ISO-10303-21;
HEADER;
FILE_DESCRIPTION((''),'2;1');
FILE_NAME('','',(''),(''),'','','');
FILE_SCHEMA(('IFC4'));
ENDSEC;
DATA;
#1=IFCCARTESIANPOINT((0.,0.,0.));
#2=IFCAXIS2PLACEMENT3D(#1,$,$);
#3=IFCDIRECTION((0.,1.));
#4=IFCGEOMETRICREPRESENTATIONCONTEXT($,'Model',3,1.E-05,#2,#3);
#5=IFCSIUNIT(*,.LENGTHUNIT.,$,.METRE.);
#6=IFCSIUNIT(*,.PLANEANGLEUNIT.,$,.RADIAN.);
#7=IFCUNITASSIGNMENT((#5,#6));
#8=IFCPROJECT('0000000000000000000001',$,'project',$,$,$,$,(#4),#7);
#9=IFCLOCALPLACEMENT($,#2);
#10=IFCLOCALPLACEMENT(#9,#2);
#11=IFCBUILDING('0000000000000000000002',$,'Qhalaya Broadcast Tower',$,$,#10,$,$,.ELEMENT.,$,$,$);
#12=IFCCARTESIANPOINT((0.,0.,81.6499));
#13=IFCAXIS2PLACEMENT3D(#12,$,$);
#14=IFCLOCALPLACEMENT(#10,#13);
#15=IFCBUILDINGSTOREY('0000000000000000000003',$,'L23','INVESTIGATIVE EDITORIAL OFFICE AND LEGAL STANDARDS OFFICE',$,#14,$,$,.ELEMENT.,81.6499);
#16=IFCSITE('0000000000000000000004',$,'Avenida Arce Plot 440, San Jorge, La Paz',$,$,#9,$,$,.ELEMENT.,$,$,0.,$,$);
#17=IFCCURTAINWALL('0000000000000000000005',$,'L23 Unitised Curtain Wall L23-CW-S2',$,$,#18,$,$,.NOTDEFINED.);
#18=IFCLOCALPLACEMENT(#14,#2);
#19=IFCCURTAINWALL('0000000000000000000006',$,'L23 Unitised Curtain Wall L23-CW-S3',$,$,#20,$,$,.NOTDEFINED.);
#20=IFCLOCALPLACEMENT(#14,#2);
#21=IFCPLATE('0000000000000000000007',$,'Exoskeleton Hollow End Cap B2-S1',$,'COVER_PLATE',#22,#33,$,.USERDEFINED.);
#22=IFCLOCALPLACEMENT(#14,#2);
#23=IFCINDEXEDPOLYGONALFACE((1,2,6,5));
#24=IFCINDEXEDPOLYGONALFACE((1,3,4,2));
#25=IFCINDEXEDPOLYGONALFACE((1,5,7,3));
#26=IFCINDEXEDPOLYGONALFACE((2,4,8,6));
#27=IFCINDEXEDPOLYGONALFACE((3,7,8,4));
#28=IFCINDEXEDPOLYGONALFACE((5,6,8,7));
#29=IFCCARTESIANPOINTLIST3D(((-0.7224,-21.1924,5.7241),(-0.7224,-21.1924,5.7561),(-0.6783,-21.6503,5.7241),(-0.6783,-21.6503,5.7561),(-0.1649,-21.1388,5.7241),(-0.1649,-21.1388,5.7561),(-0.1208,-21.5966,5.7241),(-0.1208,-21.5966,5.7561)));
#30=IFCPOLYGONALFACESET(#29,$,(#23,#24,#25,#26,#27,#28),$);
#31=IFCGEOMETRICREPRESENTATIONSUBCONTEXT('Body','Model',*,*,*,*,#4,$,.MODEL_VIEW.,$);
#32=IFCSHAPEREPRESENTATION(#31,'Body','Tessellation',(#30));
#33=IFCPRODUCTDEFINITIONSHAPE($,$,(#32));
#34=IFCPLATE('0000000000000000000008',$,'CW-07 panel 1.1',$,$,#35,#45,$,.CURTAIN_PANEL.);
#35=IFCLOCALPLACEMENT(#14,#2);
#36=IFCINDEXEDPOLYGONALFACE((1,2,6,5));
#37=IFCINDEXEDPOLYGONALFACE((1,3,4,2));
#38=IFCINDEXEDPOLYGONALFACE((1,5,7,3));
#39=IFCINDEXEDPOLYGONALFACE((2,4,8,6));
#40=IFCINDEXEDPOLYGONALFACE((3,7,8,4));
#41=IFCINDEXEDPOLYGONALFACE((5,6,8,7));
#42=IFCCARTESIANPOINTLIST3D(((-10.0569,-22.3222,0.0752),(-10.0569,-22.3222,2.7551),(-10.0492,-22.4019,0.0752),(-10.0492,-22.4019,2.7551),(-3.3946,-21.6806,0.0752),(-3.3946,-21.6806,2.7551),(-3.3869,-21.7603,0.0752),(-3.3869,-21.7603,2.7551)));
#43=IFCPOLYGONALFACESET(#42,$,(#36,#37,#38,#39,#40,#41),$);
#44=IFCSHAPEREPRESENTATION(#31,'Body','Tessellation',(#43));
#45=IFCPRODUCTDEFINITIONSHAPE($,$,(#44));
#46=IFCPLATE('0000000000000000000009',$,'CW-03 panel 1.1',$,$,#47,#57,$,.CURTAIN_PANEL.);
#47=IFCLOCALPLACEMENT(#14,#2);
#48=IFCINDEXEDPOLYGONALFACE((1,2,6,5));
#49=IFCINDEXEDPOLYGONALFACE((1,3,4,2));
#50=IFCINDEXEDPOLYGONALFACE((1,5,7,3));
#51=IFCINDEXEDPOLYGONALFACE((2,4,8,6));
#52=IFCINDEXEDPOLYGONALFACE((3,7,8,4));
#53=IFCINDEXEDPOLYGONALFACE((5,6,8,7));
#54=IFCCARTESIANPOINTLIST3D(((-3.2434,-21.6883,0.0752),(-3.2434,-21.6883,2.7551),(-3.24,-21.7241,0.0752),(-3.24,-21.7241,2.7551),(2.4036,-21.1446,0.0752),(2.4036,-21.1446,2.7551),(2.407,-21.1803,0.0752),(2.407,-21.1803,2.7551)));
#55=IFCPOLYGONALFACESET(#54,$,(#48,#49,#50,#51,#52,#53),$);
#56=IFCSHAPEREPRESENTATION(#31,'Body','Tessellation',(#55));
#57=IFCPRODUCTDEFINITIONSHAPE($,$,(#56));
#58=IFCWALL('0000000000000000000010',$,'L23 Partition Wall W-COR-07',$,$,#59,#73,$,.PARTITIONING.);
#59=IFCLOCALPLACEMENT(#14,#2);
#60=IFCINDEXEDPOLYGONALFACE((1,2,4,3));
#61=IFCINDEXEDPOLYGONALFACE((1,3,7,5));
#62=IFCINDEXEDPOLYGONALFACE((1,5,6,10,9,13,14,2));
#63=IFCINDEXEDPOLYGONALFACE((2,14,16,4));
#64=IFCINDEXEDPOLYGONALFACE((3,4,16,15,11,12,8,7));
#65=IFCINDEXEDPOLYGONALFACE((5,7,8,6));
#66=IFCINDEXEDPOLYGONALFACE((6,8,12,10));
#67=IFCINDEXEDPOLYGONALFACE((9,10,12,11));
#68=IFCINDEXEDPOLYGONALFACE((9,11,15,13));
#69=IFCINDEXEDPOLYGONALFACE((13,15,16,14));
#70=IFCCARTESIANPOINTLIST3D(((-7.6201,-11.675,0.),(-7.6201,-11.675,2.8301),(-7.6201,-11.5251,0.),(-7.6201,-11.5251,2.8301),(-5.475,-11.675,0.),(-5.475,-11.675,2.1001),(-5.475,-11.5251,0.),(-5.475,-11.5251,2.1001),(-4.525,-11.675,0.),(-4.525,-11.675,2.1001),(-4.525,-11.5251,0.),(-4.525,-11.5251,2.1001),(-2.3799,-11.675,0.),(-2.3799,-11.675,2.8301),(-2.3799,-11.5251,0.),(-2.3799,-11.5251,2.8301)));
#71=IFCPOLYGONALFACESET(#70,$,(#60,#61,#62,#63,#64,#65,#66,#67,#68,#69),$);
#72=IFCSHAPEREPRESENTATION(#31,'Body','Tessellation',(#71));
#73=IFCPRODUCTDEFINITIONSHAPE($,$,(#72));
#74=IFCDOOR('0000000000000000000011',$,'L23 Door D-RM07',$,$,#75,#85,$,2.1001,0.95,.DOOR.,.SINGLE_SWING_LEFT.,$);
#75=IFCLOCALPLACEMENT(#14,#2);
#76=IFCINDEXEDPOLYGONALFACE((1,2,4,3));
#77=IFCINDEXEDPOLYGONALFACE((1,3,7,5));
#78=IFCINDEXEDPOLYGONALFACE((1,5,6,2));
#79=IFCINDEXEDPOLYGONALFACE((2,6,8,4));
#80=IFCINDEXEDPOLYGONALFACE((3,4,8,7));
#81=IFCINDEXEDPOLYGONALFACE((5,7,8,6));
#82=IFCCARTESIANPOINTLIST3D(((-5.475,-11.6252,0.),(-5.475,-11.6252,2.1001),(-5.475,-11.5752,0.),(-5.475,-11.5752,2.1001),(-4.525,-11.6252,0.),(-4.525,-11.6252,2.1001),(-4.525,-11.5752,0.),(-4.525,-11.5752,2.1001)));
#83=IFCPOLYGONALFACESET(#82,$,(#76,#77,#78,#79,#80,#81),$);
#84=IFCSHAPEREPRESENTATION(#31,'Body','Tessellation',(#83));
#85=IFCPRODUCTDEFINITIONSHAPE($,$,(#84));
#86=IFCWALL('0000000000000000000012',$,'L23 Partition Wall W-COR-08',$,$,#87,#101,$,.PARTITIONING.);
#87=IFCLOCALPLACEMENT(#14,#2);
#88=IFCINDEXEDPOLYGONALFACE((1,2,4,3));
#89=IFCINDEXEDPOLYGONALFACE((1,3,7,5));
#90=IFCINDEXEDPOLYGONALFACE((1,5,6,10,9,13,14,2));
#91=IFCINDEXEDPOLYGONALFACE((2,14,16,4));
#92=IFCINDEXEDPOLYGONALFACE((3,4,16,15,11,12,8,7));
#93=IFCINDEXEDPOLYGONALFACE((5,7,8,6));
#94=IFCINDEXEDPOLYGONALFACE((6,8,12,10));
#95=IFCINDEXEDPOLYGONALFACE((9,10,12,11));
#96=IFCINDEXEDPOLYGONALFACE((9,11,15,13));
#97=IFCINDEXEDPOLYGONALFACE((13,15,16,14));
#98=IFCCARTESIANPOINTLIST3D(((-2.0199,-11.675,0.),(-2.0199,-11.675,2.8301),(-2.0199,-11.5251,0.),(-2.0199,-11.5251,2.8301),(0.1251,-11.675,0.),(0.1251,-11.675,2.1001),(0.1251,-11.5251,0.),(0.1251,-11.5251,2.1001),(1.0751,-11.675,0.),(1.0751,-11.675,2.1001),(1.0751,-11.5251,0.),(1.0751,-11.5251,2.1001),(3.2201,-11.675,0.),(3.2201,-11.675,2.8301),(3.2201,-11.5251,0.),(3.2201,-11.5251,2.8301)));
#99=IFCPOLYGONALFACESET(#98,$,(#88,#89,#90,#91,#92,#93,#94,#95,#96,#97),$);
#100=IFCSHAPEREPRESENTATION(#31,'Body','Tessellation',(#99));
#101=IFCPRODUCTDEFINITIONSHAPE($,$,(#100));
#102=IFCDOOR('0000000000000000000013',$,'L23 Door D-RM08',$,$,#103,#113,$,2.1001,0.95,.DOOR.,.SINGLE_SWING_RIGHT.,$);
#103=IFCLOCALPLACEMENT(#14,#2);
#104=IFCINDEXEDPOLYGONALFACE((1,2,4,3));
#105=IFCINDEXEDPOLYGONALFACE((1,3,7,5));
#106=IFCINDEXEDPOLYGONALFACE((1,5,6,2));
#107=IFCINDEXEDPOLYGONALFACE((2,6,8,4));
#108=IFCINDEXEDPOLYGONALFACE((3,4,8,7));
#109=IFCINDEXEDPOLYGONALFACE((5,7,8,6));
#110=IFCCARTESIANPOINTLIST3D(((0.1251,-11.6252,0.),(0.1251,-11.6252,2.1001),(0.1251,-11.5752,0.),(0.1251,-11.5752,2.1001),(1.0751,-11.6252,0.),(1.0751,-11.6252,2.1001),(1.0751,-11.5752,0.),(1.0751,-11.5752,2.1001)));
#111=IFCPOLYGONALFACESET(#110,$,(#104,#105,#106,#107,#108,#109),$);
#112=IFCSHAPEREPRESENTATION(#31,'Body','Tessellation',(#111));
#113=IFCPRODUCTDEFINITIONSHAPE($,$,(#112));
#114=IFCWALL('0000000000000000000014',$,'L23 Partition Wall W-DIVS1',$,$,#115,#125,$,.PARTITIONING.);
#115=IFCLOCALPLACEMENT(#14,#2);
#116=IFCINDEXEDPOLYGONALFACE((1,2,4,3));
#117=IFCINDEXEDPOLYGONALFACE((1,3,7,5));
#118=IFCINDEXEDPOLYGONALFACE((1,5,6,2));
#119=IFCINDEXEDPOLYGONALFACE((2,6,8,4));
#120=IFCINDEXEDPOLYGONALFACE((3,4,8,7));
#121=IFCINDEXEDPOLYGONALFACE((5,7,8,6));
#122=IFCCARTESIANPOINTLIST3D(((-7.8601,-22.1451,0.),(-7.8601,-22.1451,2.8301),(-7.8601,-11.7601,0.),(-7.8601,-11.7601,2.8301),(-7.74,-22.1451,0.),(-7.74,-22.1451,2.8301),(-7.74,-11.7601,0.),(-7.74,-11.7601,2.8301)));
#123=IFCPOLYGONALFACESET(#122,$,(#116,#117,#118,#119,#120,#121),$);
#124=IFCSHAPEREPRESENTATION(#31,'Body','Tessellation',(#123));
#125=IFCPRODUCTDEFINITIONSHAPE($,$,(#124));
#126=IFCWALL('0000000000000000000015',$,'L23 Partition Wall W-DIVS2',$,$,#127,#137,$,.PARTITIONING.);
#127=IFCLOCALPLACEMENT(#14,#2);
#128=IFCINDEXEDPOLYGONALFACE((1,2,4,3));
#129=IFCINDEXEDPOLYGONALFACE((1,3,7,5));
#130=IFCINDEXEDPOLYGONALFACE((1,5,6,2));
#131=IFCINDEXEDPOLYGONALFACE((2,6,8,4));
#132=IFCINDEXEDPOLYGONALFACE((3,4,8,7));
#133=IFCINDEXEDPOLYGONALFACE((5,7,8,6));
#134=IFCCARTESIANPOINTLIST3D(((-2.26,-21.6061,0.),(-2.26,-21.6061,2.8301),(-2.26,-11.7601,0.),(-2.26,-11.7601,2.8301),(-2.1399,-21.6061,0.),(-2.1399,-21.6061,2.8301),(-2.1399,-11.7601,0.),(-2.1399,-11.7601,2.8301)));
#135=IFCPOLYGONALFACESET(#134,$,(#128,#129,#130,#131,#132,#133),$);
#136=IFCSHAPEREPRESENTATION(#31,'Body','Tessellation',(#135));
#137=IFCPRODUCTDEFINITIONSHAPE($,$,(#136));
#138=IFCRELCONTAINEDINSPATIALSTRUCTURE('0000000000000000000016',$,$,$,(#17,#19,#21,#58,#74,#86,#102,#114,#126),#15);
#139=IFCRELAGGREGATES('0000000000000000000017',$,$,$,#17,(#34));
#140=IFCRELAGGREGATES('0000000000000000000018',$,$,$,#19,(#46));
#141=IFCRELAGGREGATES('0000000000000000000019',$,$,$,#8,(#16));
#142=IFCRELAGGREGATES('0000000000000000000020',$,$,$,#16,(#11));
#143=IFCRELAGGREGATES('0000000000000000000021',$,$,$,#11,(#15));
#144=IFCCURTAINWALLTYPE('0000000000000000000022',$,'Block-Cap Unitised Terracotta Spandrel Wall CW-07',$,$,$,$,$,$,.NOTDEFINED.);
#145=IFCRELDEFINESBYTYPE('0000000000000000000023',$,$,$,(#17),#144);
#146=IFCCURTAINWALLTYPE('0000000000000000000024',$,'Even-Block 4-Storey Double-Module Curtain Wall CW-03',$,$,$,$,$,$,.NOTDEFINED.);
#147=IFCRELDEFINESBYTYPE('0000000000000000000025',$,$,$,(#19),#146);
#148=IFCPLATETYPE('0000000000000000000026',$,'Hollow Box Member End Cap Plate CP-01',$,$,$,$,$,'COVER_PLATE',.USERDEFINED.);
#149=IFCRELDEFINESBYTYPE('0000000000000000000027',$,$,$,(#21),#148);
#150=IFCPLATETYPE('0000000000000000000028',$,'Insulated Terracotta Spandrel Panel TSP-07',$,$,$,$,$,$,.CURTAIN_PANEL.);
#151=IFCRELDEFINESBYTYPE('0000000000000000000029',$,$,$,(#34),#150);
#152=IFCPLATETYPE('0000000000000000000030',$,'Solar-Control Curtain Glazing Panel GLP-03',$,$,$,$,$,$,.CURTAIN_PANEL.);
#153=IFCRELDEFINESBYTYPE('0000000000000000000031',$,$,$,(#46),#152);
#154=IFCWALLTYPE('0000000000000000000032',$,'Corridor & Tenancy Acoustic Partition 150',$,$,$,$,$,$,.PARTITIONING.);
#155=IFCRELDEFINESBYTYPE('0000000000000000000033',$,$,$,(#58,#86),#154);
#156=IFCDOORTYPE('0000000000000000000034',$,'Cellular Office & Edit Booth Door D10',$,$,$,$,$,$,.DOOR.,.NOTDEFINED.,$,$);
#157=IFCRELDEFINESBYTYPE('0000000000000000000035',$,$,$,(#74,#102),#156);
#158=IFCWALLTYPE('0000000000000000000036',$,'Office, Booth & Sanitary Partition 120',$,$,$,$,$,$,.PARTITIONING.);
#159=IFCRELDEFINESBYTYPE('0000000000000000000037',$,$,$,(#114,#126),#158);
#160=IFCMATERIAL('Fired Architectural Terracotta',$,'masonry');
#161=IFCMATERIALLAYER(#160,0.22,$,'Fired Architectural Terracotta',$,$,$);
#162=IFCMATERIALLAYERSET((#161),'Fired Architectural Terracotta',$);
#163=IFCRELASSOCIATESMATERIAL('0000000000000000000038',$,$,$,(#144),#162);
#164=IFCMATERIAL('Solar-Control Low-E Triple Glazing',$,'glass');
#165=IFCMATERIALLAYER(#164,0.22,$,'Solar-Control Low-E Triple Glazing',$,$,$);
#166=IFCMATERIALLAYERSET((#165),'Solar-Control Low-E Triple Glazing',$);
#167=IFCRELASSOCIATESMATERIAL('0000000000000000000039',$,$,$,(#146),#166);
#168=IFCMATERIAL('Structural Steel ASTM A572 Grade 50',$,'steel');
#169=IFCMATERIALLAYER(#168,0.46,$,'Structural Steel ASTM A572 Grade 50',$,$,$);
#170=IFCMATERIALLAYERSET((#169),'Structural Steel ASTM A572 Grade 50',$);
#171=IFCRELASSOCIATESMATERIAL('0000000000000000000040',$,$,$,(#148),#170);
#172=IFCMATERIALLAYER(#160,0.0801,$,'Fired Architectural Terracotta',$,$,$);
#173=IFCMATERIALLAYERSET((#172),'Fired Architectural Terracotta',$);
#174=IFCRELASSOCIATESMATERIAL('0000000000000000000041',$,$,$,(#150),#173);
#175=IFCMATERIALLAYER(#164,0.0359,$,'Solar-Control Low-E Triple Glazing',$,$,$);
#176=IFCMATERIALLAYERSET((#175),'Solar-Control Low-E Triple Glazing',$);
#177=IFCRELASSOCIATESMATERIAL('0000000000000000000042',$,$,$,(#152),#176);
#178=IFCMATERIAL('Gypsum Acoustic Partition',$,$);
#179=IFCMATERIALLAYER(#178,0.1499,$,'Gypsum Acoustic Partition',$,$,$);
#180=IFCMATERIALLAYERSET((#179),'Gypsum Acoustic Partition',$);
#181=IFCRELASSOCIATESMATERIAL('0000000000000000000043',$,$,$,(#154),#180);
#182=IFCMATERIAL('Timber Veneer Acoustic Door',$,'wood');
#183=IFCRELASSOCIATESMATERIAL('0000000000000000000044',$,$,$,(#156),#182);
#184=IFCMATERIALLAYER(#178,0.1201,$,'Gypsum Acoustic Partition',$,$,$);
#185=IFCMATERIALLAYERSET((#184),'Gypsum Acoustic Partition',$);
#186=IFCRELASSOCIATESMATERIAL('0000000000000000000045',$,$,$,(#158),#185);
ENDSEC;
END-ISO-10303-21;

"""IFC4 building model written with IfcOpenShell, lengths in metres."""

from ifc_helpers import new_model, si_unit, direction, frame, frame_2d, origin, origin_2d, place, context, subcontext, project, spatial, rectangle, extrude, material, layer, layer_set, type_object, element, fill, aggregate, save


model = new_model("IFC4")

# Units and contexts
model_context = context("Model", 3, precision=1e-05, world=origin(), true_north=direction((0.0, 1.0)))
body_context = subcontext(model_context, "Body", "Model", "MODEL_VIEW")
ifc_project = project(units=[si_unit("LENGTHUNIT", "METRE"), si_unit("PLANEANGLEUNIT", "RADIAN")], contexts=[model_context])

# Site, building, storey
site_placement = place(None, origin())
site = spatial("IfcSite", under=ifc_project, at=site_placement, Name="Avenida Arce Plot 440, San Jorge, La Paz", CompositionType="ELEMENT", RefElevation=0.0)
building_placement = place(site_placement, origin())
building = spatial("IfcBuilding", under=site, at=building_placement, Name="Qhalaya Broadcast Tower", CompositionType="ELEMENT")
storey_placement = place(building_placement, frame((0.0, 0.0, 81.6499)))
storey = spatial("IfcBuildingStorey", under=building, at=storey_placement, Name="L23", Description="INVESTIGATIVE EDITORIAL OFFICE AND LEGAL STANDARDS OFFICE", CompositionType="ELEMENT", Elevation=81.6499)

# Shared definitions
ifc_material_1 = material(Name="Structural Steel ASTM A572 Grade 50", Category="steel")

# Curtain wall
ifc_material_2 = material(Name="Fired Architectural Terracotta", Category="masonry")
ifc_layer_1 = layer(ifc_material_2, 0.22, Name="Fired Architectural Terracotta")
ifc_layer_set_1 = layer_set([ifc_layer_1], Name="Fired Architectural Terracotta")
curtain_wall_type_1 = type_object("IfcCurtainWallType", Name="Block-Cap Unitised Terracotta Spandrel Wall CW-07", PredefinedType="NOTDEFINED", material=ifc_layer_set_1)
curtain_wall_1_placement = place(storey_placement, origin())
curtain_wall_1 = element("IfcCurtainWall", 1, at=curtain_wall_1_placement, inside=storey, type_object=curtain_wall_type_1, Name="L23 Unitised Curtain Wall L23-CW-S2", PredefinedType="NOTDEFINED")

# Curtain wall
ifc_material_3 = material(Name="Solar-Control Low-E Triple Glazing", Category="glass")
ifc_layer_2 = layer(ifc_material_3, 0.22, Name="Solar-Control Low-E Triple Glazing")
ifc_layer_set_2 = layer_set([ifc_layer_2], Name="Solar-Control Low-E Triple Glazing")
curtain_wall_type_2 = type_object("IfcCurtainWallType", Name="Even-Block 4-Storey Double-Module Curtain Wall CW-03", PredefinedType="NOTDEFINED", material=ifc_layer_set_2)
curtain_wall_2_placement = place(storey_placement, origin())
curtain_wall_2 = element("IfcCurtainWall", 2, at=curtain_wall_2_placement, inside=storey, type_object=curtain_wall_type_2, Name="L23 Unitised Curtain Wall L23-CW-S3", PredefinedType="NOTDEFINED")

# Plate
ifc_layer_3 = layer(ifc_material_1, 0.46, Name="Structural Steel ASTM A572 Grade 50")
ifc_layer_set_3 = layer_set([ifc_layer_3], Name="Structural Steel ASTM A572 Grade 50")
plate_type_1 = type_object("IfcPlateType", Name="Hollow Box Member End Cap Plate CP-01", ElementType="COVER_PLATE", PredefinedType="USERDEFINED", material=ifc_layer_set_3)
plate_1_placement = place(storey_placement, frame((-0.4216, -21.3945, 5.7241), z_axis=(0.0, 0.0, 1.0), x_axis=(0.995396, 0.095846, 0.0)))
element("IfcPlate", 3, at=plate_1_placement, inside=storey, type_object=plate_type_1, Name="Exoskeleton Hollow End Cap B2-S1", ObjectType="COVER_PLATE", PredefinedType="USERDEFINED", context=body_context, shape_type="SweptSolid", body=[
    extrude(rectangle(XDim=0.5601, YDim=0.46, at=origin_2d()), origin(), (0.0, 0.0, 1.0), 0.032),
])

# Plates
ifc_layer_4 = layer(ifc_material_2, 0.0801, Name="Fired Architectural Terracotta")
ifc_layer_set_4 = layer_set([ifc_layer_4], Name="Fired Architectural Terracotta")
plate_type_2 = type_object("IfcPlateType", Name="Insulated Terracotta Spandrel Panel TSP-07", PredefinedType="CURTAIN_PANEL", material=ifc_layer_set_4)
plate_2_placement = place(storey_placement, frame((-6.7219, -22.0413, 0.0752), z_axis=(0.0, 0.0, 1.0), x_axis=(0.995396, 0.09585, 0.0)))
plate_2 = element("IfcPlate", 4, at=plate_2_placement, type_object=plate_type_2, Name="CW-07 panel 1.1", PredefinedType="CURTAIN_PANEL", context=body_context, shape_type="SweptSolid", body=[
    extrude(rectangle(XDim=6.6931, YDim=0.0801, at=origin_2d()), origin(), (0.0, 0.0, 1.0), 2.6799),
])
aggregate(curtain_wall_1, [plate_2])
ifc_layer_5 = layer(ifc_material_3, 0.0359, Name="Solar-Control Low-E Triple Glazing")
ifc_layer_set_5 = layer_set([ifc_layer_5], Name="Solar-Control Low-E Triple Glazing")
plate_type_3 = type_object("IfcPlateType", Name="Solar-Control Curtain Glazing Panel GLP-03", PredefinedType="CURTAIN_PANEL", material=ifc_layer_set_5)
plate_3_placement = place(storey_placement, frame((-0.4182, -21.4343, 0.0752), z_axis=(0.0, 0.0, 1.0), x_axis=(0.995396, 0.095844, 0.0)))
plate_3 = element("IfcPlate", 5, at=plate_3_placement, type_object=plate_type_3, Name="CW-03 panel 1.1", PredefinedType="CURTAIN_PANEL", context=body_context, shape_type="SweptSolid", body=[
    extrude(rectangle(XDim=5.6731, YDim=0.0359, at=origin_2d()), origin(), (0.0, 0.0, 1.0), 2.6799),
])
aggregate(curtain_wall_2, [plate_3])

# Walls, openings, doors
ifc_material_4 = material(Name="Gypsum Acoustic Partition")
ifc_layer_6 = layer(ifc_material_4, 0.1499, Name="Gypsum Acoustic Partition")
ifc_layer_set_6 = layer_set([ifc_layer_6], Name="Gypsum Acoustic Partition")
wall_type_1 = type_object("IfcWallType", Name="Corridor & Tenancy Acoustic Partition 150", PredefinedType="PARTITIONING", material=ifc_layer_set_6)
wall_1_placement = place(storey_placement, frame((-7.6201, -11.6001, 0.0), z_axis=(0.0, 0.0, 1.0), x_axis=(1.0, 0.0, 0.0)))
wall_1 = element("IfcWall", 6, at=wall_1_placement, inside=storey, type_object=wall_type_1, Name="L23 Partition Wall W-COR-07", PredefinedType="PARTITIONING", context=body_context, shape_type="SweptSolid", body=[
    extrude(rectangle(XDim=5.2402, YDim=0.1499, at=frame_2d((2.6201, 0.0))), origin(), (0.0, 0.0, 1.0), 2.8301),
])
opening_1_placement = place(wall_1_placement, frame((2.145, 0.0, 0.0)))
opening_1 = element("IfcOpeningElement", 7, at=opening_1_placement, cuts=wall_1, PredefinedType="OPENING", context=body_context, shape_type="SweptSolid", body=[
    extrude(rectangle(XDim=0.95, YDim=2.1001, at=frame_2d((0.4751, 1.05))), frame((0.0, 0.0869, 0.0), z_axis=(0.0, -1.0, 0.0), x_axis=(1.0, 0.0, 0.0)), (0.0, 0.0, 1.0), 0.1738),
])
ifc_material_5 = material(Name="Timber Veneer Acoustic Door", Category="wood")
door_type = type_object("IfcDoorType", Name="Cellular Office & Edit Booth Door D10", OperationType="NOTDEFINED", PredefinedType="DOOR", material=ifc_material_5)
door_1_placement = place(opening_1_placement, origin())
door_1 = element("IfcDoor", 8, at=door_1_placement, inside=storey, type_object=door_type, Name="L23 Door D-RM07", OperationType="SINGLE_SWING_LEFT", OverallHeight=2.1001, OverallWidth=0.95, PredefinedType="DOOR", context=body_context, shape_type="SweptSolid", body=[
    extrude(rectangle(XDim=0.95, YDim=2.1001, at=frame_2d((0.4751, 1.05))), frame((0.0, 0.0249, 0.0), z_axis=(0.0, -1.0, 0.0), x_axis=(1.0, 0.0, 0.0)), (0.0, 0.0, 1.0), 0.05),
])
fill(opening_1, door_1)
wall_2_placement = place(storey_placement, frame((-2.02, -11.6001, 0.0), z_axis=(0.0, 0.0, 1.0), x_axis=(1.0, 0.0, 0.0)))
wall_2 = element("IfcWall", 9, at=wall_2_placement, inside=storey, type_object=wall_type_1, Name="L23 Partition Wall W-COR-08", PredefinedType="PARTITIONING", context=body_context, shape_type="SweptSolid", body=[
    extrude(rectangle(XDim=5.24, YDim=0.1499, at=frame_2d((2.6201, 0.0))), origin(), (0.0, 0.0, 1.0), 2.8301),
])
opening_2_placement = place(wall_2_placement, frame((2.145, 0.0, 0.0)))
opening_2 = element("IfcOpeningElement", 10, at=opening_2_placement, cuts=wall_2, PredefinedType="OPENING", context=body_context, shape_type="SweptSolid", body=[
    extrude(rectangle(XDim=0.95, YDim=2.1001, at=frame_2d((0.4751, 1.05))), frame((0.0, 0.0869, 0.0), z_axis=(0.0, -1.0, 0.0), x_axis=(1.0, 0.0, 0.0)), (0.0, 0.0, 1.0), 0.1738),
])
door_2_placement = place(opening_2_placement, origin())
door_2 = element("IfcDoor", 11, at=door_2_placement, inside=storey, type_object=door_type, Name="L23 Door D-RM08", OperationType="SINGLE_SWING_RIGHT", OverallHeight=2.1001, OverallWidth=0.95, PredefinedType="DOOR", context=body_context, shape_type="SweptSolid", body=[
    extrude(rectangle(XDim=0.95, YDim=2.1001, at=frame_2d((0.4751, 1.05))), frame((0.0, 0.0249, 0.0), z_axis=(0.0, -1.0, 0.0), x_axis=(1.0, 0.0, 0.0)), (0.0, 0.0, 1.0), 0.05),
])
fill(opening_2, door_2)

# Walls
ifc_layer_7 = layer(ifc_material_4, 0.1201, Name="Gypsum Acoustic Partition")
ifc_layer_set_7 = layer_set([ifc_layer_7], Name="Gypsum Acoustic Partition")
wall_type_2 = type_object("IfcWallType", Name="Office, Booth & Sanitary Partition 120", PredefinedType="PARTITIONING", material=ifc_layer_set_7)
wall_3_placement = place(storey_placement, frame((-7.8, -22.145, 0.0), z_axis=(0.0, 0.0, 1.0), x_axis=(0.0, 1.0, 0.0)))
element("IfcWall", 12, at=wall_3_placement, inside=storey, type_object=wall_type_2, Name="L23 Partition Wall W-DIVS1", PredefinedType="PARTITIONING", context=body_context, shape_type="SweptSolid", body=[
    extrude(rectangle(XDim=10.385, YDim=0.1201, at=frame_2d((5.1924, 0.0))), origin(), (0.0, 0.0, 1.0), 2.8301),
])
wall_4_placement = place(storey_placement, frame((-2.2, -21.606, 0.0), z_axis=(0.0, 0.0, 1.0), x_axis=(0.0, 1.0, 0.0)))
element("IfcWall", 13, at=wall_4_placement, inside=storey, type_object=wall_type_2, Name="L23 Partition Wall W-DIVS2", PredefinedType="PARTITIONING", context=body_context, shape_type="SweptSolid", body=[
    extrude(rectangle(XDim=9.8459, YDim=0.1201, at=frame_2d((4.9229, 0.0))), origin(), (0.0, 0.0, 1.0), 2.8301),
])

save(model, "model.ifc")
